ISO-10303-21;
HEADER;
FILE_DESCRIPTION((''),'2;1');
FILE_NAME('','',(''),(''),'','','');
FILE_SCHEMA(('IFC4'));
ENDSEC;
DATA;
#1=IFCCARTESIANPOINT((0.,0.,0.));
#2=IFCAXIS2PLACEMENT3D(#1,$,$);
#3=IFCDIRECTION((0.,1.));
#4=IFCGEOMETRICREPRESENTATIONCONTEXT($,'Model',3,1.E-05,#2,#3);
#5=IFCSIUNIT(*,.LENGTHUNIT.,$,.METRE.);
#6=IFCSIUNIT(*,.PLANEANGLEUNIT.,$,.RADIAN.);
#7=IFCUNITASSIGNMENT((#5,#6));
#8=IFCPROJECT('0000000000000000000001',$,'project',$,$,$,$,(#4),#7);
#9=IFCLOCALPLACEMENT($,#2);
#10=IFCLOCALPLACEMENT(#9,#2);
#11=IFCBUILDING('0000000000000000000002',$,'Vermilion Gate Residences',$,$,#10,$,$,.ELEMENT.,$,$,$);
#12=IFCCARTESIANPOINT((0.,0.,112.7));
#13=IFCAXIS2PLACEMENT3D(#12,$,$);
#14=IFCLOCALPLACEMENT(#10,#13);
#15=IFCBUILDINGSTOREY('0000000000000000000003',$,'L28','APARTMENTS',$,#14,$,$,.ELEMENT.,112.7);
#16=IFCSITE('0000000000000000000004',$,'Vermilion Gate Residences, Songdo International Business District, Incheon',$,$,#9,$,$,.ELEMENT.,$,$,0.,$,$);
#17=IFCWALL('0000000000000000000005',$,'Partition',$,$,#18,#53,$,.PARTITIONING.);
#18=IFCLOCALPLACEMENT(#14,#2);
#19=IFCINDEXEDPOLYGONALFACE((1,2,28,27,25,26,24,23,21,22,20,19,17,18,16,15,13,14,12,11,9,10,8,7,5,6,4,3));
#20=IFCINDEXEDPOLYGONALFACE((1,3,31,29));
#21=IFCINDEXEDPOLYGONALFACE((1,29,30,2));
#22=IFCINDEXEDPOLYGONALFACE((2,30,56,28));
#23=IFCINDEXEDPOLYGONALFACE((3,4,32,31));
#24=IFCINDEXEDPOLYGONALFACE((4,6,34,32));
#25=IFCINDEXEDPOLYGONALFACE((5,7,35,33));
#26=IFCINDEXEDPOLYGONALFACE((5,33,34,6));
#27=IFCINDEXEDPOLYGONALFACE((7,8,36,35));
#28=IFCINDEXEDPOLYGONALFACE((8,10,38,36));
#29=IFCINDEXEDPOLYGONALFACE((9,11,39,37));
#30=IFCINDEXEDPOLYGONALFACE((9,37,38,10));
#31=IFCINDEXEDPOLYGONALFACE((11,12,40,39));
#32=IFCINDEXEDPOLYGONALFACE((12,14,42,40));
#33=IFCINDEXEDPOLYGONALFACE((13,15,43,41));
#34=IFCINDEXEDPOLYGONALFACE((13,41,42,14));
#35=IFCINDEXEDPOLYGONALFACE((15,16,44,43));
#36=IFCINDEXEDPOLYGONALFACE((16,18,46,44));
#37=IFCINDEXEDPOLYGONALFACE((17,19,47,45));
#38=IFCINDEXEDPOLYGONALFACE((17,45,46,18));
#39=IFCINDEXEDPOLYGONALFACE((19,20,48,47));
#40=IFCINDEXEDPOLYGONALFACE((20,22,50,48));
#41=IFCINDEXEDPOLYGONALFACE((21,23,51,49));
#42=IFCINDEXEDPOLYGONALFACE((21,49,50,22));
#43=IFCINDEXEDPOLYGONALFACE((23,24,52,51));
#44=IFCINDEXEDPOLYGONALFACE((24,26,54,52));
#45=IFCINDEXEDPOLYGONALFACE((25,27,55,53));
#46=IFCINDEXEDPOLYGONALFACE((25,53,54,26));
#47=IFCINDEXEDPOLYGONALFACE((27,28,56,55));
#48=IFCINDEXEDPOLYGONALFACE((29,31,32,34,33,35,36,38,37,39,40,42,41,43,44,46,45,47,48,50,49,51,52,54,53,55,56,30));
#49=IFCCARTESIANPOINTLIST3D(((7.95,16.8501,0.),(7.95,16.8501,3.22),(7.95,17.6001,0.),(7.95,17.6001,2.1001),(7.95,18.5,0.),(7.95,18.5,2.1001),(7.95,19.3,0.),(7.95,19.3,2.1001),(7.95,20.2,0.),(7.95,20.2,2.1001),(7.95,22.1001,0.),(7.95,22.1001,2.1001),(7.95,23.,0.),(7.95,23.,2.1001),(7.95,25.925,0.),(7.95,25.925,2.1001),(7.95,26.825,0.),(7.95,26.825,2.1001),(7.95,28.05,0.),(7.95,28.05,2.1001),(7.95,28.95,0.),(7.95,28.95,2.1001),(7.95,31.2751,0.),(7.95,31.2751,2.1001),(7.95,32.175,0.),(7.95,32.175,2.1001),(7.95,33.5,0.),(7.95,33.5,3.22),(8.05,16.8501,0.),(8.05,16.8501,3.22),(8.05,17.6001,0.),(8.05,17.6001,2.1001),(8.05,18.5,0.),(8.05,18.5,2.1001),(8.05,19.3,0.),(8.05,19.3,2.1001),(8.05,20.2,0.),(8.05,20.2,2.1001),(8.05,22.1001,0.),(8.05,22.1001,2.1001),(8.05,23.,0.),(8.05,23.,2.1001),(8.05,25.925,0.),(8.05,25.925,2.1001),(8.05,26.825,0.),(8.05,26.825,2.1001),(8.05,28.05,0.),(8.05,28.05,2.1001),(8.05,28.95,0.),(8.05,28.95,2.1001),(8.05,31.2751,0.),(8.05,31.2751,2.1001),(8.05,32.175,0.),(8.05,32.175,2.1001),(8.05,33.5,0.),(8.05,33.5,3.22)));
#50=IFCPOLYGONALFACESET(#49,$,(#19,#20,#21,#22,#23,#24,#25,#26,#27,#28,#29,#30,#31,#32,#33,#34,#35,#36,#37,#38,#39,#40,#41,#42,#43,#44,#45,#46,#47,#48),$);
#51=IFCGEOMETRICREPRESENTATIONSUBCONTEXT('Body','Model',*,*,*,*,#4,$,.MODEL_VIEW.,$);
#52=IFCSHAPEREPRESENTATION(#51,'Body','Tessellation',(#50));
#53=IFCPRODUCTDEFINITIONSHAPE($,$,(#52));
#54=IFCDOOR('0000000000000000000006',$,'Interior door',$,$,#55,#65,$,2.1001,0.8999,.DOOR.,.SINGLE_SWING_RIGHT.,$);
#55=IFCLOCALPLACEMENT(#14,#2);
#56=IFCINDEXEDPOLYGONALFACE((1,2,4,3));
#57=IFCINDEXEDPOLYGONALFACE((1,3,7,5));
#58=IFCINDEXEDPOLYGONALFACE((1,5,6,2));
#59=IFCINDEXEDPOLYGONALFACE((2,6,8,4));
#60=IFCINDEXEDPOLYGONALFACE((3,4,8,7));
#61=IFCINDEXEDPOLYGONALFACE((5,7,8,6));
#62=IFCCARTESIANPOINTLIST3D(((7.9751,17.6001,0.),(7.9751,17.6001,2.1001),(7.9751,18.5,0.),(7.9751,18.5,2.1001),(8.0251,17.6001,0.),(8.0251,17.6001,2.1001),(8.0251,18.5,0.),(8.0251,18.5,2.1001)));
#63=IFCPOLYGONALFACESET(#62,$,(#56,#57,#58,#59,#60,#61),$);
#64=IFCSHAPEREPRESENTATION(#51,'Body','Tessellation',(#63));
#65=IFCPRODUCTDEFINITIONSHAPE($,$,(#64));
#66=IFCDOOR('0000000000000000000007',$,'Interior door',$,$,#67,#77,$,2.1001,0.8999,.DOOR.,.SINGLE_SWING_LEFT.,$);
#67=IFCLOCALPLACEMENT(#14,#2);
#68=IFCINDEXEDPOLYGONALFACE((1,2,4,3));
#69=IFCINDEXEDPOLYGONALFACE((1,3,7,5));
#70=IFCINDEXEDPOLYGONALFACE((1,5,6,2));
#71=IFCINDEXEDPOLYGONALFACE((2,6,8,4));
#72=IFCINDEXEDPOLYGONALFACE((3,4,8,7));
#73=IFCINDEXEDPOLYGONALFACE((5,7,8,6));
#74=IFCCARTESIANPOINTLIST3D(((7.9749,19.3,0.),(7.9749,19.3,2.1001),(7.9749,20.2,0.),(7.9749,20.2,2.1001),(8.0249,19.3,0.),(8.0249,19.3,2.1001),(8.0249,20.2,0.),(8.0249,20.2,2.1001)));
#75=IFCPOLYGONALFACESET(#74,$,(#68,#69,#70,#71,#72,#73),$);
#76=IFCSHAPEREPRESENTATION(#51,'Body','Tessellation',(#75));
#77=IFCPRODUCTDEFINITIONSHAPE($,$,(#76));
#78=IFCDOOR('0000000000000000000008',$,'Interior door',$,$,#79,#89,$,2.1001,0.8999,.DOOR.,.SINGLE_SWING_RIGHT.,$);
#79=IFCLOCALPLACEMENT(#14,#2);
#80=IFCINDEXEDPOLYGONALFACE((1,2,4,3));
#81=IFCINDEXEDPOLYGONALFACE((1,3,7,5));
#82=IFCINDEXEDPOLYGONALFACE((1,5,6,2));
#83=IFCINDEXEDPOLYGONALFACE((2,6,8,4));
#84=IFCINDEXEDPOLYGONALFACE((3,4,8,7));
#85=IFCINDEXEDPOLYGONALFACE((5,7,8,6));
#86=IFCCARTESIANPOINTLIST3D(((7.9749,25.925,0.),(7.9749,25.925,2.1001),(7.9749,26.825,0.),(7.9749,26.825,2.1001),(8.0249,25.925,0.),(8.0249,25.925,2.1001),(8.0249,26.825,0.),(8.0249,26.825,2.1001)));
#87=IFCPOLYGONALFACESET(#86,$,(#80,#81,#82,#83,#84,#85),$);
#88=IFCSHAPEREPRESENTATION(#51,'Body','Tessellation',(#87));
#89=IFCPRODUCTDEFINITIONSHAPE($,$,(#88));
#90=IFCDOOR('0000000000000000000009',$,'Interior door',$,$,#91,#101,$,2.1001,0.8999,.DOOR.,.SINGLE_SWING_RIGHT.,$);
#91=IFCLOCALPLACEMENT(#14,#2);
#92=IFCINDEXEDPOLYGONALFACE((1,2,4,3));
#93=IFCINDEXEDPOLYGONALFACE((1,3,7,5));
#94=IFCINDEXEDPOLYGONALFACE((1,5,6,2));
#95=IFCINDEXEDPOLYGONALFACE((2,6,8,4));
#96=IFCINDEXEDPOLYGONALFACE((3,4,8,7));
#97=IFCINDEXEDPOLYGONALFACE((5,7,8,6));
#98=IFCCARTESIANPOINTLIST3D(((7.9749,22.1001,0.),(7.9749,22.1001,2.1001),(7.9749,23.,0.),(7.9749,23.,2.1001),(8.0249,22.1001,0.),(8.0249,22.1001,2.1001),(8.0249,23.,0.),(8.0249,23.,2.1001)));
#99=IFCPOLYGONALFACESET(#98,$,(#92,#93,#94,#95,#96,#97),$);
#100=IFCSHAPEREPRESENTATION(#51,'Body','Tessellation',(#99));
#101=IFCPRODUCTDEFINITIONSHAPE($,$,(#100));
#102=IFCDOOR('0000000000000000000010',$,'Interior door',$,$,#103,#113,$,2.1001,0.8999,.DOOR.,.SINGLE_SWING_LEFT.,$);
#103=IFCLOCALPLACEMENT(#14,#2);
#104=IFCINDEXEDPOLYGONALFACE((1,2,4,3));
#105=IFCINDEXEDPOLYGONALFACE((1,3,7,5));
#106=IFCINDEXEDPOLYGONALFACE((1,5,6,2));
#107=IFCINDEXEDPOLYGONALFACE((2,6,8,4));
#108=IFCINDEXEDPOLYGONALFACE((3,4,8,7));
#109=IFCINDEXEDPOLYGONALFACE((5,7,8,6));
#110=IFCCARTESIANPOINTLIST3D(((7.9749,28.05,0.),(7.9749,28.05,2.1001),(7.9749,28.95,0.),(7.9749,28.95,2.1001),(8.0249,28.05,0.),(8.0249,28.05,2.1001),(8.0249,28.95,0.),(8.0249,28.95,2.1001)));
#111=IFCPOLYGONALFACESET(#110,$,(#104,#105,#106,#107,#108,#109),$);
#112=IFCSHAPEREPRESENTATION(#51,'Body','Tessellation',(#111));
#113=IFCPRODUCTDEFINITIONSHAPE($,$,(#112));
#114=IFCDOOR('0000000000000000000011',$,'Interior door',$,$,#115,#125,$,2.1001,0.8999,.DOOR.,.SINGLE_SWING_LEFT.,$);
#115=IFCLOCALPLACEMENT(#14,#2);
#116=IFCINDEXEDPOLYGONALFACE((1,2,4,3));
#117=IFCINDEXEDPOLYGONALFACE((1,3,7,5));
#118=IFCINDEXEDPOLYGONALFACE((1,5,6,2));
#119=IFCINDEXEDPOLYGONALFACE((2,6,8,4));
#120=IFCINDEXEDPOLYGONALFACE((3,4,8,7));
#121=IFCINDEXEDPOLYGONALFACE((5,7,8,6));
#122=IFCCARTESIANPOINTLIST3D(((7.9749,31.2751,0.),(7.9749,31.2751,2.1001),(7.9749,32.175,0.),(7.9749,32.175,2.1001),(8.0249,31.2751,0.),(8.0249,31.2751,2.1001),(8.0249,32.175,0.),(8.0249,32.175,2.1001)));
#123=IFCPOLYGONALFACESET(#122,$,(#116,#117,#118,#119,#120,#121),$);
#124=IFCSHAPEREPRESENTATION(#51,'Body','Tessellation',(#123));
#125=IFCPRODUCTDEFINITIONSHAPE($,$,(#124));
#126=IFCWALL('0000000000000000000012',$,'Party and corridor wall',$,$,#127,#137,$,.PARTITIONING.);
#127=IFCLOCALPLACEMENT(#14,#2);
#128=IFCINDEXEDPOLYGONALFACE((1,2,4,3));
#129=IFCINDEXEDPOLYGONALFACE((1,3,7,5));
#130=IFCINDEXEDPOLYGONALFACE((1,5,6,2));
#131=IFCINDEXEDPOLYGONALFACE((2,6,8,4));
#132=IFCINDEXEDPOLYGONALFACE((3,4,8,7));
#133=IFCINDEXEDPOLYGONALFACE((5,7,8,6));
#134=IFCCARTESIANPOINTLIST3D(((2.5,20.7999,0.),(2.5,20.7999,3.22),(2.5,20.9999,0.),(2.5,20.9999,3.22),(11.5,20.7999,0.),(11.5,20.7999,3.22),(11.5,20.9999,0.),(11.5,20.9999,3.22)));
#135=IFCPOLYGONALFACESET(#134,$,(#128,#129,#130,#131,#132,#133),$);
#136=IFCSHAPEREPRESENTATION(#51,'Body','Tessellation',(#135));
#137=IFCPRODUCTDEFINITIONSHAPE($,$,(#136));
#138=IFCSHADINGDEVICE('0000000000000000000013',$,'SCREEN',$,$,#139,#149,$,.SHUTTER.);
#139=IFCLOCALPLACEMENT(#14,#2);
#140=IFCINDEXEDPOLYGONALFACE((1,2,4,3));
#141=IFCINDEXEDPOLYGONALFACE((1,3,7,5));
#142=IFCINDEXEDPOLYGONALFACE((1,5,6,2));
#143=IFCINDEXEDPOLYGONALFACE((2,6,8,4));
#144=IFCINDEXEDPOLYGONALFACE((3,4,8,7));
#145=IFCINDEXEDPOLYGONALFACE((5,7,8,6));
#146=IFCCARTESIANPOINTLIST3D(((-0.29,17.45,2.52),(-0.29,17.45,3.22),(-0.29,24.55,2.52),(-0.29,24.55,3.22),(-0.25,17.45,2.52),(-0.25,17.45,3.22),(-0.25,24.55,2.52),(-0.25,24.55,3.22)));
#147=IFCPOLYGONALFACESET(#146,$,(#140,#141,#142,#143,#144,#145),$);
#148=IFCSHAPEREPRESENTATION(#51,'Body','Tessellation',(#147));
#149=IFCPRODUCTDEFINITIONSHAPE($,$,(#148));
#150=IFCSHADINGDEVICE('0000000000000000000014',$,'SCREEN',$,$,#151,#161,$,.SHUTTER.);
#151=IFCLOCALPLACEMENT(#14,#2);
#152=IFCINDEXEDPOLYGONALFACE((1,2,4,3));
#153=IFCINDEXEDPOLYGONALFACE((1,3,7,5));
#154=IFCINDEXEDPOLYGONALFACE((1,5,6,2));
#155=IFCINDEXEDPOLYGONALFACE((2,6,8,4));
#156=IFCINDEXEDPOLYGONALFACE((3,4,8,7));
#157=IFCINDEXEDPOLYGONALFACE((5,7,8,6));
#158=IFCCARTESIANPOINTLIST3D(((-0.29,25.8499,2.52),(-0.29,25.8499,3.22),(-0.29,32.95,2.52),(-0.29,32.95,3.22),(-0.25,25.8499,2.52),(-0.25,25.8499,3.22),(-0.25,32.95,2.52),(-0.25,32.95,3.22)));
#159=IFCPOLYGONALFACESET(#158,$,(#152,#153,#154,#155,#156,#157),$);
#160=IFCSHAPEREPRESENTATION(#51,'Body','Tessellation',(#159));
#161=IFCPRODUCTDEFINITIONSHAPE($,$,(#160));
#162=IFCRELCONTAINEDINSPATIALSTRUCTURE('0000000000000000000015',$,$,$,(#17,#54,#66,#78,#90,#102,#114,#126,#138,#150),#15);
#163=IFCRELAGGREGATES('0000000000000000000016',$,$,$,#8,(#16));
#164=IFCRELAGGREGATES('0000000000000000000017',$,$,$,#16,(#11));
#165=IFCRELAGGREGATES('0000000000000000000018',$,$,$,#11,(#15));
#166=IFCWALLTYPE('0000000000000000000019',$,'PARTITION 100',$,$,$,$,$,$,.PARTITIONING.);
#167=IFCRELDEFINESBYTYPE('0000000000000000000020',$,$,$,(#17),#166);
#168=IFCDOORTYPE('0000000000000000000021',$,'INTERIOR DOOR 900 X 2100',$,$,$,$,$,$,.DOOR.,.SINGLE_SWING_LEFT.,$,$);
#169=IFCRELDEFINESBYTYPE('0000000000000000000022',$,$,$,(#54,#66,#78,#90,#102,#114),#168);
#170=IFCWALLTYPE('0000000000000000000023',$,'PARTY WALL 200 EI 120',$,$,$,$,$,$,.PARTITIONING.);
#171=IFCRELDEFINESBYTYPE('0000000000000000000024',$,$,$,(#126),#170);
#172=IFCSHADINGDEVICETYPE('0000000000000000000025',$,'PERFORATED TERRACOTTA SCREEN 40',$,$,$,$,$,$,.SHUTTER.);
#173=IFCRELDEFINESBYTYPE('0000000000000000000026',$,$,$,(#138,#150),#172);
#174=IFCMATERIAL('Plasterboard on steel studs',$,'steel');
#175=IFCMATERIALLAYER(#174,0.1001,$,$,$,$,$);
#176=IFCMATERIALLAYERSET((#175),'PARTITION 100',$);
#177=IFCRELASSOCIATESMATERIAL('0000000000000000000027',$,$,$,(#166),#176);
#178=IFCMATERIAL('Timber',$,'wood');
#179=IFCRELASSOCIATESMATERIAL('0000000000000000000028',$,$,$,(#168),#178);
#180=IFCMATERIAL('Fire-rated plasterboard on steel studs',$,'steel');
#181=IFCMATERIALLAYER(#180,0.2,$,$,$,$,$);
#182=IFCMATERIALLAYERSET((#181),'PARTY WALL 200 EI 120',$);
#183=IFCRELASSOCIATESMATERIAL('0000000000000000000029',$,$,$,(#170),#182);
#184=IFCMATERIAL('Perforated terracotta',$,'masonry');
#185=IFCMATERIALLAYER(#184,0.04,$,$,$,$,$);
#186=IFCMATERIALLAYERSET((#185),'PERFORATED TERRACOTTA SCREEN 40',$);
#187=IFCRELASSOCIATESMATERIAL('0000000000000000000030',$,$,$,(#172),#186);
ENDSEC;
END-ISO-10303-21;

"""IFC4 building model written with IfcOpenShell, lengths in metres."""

from ifc_helpers import new_model, si_unit, direction, frame, frame_2d, origin, origin_2d, place, context, subcontext, project, spatial, rectangle, extrude, material, layer, layer_set, type_object, element, fill, save


model = new_model("IFC4")

# Units and contexts
model_context = context("Model", 3, precision=1e-05, world=origin(), true_north=direction((0.0, 1.0)))
body_context = subcontext(model_context, "Body", "Model", "MODEL_VIEW")
ifc_project = project(units=[si_unit("LENGTHUNIT", "METRE"), si_unit("PLANEANGLEUNIT", "RADIAN")], contexts=[model_context])

# Site, building, storey
site_placement = place(None, origin())
site = spatial("IfcSite", under=ifc_project, at=site_placement, Name="Vermilion Gate Residences, Songdo International Business District, Incheon", CompositionType="ELEMENT", RefElevation=0.0)
building_placement = place(site_placement, origin())
building = spatial("IfcBuilding", under=site, at=building_placement, Name="Vermilion Gate Residences", CompositionType="ELEMENT")
storey_placement = place(building_placement, frame((0.0, 0.0, 112.7)))
storey = spatial("IfcBuildingStorey", under=building, at=storey_placement, Name="L28", Description="APARTMENTS", CompositionType="ELEMENT", Elevation=112.7)

# Shared definitions
ifc_material_1 = material(Name="Plasterboard on steel studs", Category="steel")
ifc_layer_1 = layer(ifc_material_1, 0.1001)
ifc_layer_set_1 = layer_set([ifc_layer_1], Name="PARTITION 100")
wall_type_1 = type_object("IfcWallType", Name="PARTITION 100", PredefinedType="PARTITIONING", material=ifc_layer_set_1)

# Wall, openings, doors
ifc_material_2 = material(Name="Timber", Category="wood")
door_type = type_object("IfcDoorType", Name="INTERIOR DOOR 900 X 2100", OperationType="SINGLE_SWING_LEFT", PredefinedType="DOOR", material=ifc_material_2)
wall_1_placement = place(storey_placement, frame((8.0, 16.8501, 0.0), z_axis=(0.0, 0.0, 1.0), x_axis=(0.0, 1.0, 0.0)))
wall_1 = element("IfcWall", 1, at=wall_1_placement, inside=storey, type_object=wall_type_1, Name="Partition", PredefinedType="PARTITIONING", context=body_context, shape_type="SweptSolid", body=[
    extrude(rectangle(XDim=16.6499, YDim=0.1001, at=frame_2d((8.325, 0.0))), origin(), (0.0, 0.0, 1.0), 3.22),
])
opening_1_placement = place(wall_1_placement, frame((0.75, 0.0, 0.0)))
opening_1 = element("IfcOpeningElement", 2, at=opening_1_placement, cuts=wall_1, PredefinedType="OPENING", context=body_context, shape_type="SweptSolid", body=[
    extrude(rectangle(XDim=0.8999, YDim=2.1001, at=frame_2d((0.45, 1.05))), frame((0.0, 0.0601, 0.0), z_axis=(0.0, -1.0, 0.0), x_axis=(1.0, 0.0, 0.0)), (0.0, 0.0, 1.0), 0.1201),
])
opening_2_placement = place(wall_1_placement, frame((2.45, 0.0, 0.0)))
opening_2 = element("IfcOpeningElement", 3, at=opening_2_placement, cuts=wall_1, PredefinedType="OPENING", context=body_context, shape_type="SweptSolid", body=[
    extrude(rectangle(XDim=0.8999, YDim=2.1001, at=frame_2d((0.45, 1.05))), frame((0.0, 0.0601, 0.0), z_axis=(0.0, -1.0, 0.0), x_axis=(1.0, 0.0, 0.0)), (0.0, 0.0, 1.0), 0.1201),
])
opening_3_placement = place(wall_1_placement, frame((9.075, 0.0, 0.0)))
opening_3 = element("IfcOpeningElement", 4, at=opening_3_placement, cuts=wall_1, PredefinedType="OPENING", context=body_context, shape_type="SweptSolid", body=[
    extrude(rectangle(XDim=0.8999, YDim=2.1001, at=frame_2d((0.45, 1.05))), frame((0.0, 0.0601, 0.0), z_axis=(0.0, -1.0, 0.0), x_axis=(1.0, 0.0, 0.0)), (0.0, 0.0, 1.0), 0.1201),
])
opening_4_placement = place(wall_1_placement, frame((5.25, 0.0, 0.0)))
opening_4 = element("IfcOpeningElement", 5, at=opening_4_placement, cuts=wall_1, PredefinedType="OPENING", context=body_context, shape_type="SweptSolid", body=[
    extrude(rectangle(XDim=0.8999, YDim=2.1001, at=frame_2d((0.45, 1.05))), frame((0.0, 0.0601, 0.0), z_axis=(0.0, -1.0, 0.0), x_axis=(1.0, 0.0, 0.0)), (0.0, 0.0, 1.0), 0.1201),
])
opening_5_placement = place(wall_1_placement, frame((11.2, 0.0, 0.0)))
opening_5 = element("IfcOpeningElement", 6, at=opening_5_placement, cuts=wall_1, PredefinedType="OPENING", context=body_context, shape_type="SweptSolid", body=[
    extrude(rectangle(XDim=0.8999, YDim=2.1001, at=frame_2d((0.45, 1.05))), frame((0.0, 0.0601, 0.0), z_axis=(0.0, -1.0, 0.0), x_axis=(1.0, 0.0, 0.0)), (0.0, 0.0, 1.0), 0.1201),
])
opening_6_placement = place(wall_1_placement, frame((14.425, 0.0, 0.0)))
opening_6 = element("IfcOpeningElement", 7, at=opening_6_placement, cuts=wall_1, PredefinedType="OPENING", context=body_context, shape_type="SweptSolid", body=[
    extrude(rectangle(XDim=0.8999, YDim=2.1001, at=frame_2d((0.45, 1.05))), frame((0.0, 0.0601, 0.0), z_axis=(0.0, -1.0, 0.0), x_axis=(1.0, 0.0, 0.0)), (0.0, 0.0, 1.0), 0.1201),
])
door_1_placement = place(opening_1_placement, origin())
door_1 = element("IfcDoor", 8, at=door_1_placement, inside=storey, type_object=door_type, Name="Interior door", OperationType="SINGLE_SWING_RIGHT", OverallHeight=2.1001, OverallWidth=0.8999, PredefinedType="DOOR", context=body_context, shape_type="SweptSolid", body=[
    extrude(rectangle(XDim=0.8999, YDim=2.1001, at=frame_2d((0.45, 1.05))), frame((0.0, 0.0249, 0.0), z_axis=(0.0, -1.0, 0.0), x_axis=(1.0, 0.0, 0.0)), (0.0, 0.0, 1.0), 0.05),
])
fill(opening_1, door_1)
door_2_placement = place(opening_2_placement, frame((0.8999, 0.0, 0.0), z_axis=(0.0, 0.0, 1.0), x_axis=(-1.0, 0.0, 0.0)))
door_2 = element("IfcDoor", 9, at=door_2_placement, inside=storey, type_object=door_type, Name="Interior door", OperationType="SINGLE_SWING_LEFT", OverallHeight=2.1001, OverallWidth=0.8999, PredefinedType="DOOR", context=body_context, shape_type="SweptSolid", body=[
    extrude(rectangle(XDim=0.8999, YDim=2.1001, at=frame_2d((0.45, 1.05))), frame((0.0, 0.0249, 0.0), z_axis=(0.0, -1.0, 0.0), x_axis=(1.0, 0.0, 0.0)), (0.0, 0.0, 1.0), 0.05),
])
fill(opening_2, door_2)
door_3_placement = place(opening_3_placement, frame((0.8999, 0.0, 0.0), z_axis=(0.0, 0.0, 1.0), x_axis=(-1.0, 0.0, 0.0)))
door_3 = element("IfcDoor", 10, at=door_3_placement, inside=storey, type_object=door_type, Name="Interior door", OperationType="SINGLE_SWING_RIGHT", OverallHeight=2.1001, OverallWidth=0.8999, PredefinedType="DOOR", context=body_context, shape_type="SweptSolid", body=[
    extrude(rectangle(XDim=0.8999, YDim=2.1001, at=frame_2d((0.45, 1.05))), frame((0.0, 0.0249, 0.0), z_axis=(0.0, -1.0, 0.0), x_axis=(1.0, 0.0, 0.0)), (0.0, 0.0, 1.0), 0.05),
])
fill(opening_3, door_3)
door_4_placement = place(opening_4_placement, frame((0.8999, 0.0, 0.0), z_axis=(0.0, 0.0, 1.0), x_axis=(-1.0, 0.0, 0.0)))
door_4 = element("IfcDoor", 11, at=door_4_placement, inside=storey, type_object=door_type, Name="Interior door", OperationType="SINGLE_SWING_RIGHT", OverallHeight=2.1001, OverallWidth=0.8999, PredefinedType="DOOR", context=body_context, shape_type="SweptSolid", body=[
    extrude(rectangle(XDim=0.8999, YDim=2.1001, at=frame_2d((0.45, 1.05))), frame((0.0, 0.0249, 0.0), z_axis=(0.0, -1.0, 0.0), x_axis=(1.0, 0.0, 0.0)), (0.0, 0.0, 1.0), 0.05),
])
fill(opening_4, door_4)
door_5_placement = place(opening_5_placement, frame((0.8999, 0.0, 0.0), z_axis=(0.0, 0.0, 1.0), x_axis=(-1.0, 0.0, 0.0)))
door_5 = element("IfcDoor", 12, at=door_5_placement, inside=storey, type_object=door_type, Name="Interior door", OperationType="SINGLE_SWING_LEFT", OverallHeight=2.1001, OverallWidth=0.8999, PredefinedType="DOOR", context=body_context, shape_type="SweptSolid", body=[
    extrude(rectangle(XDim=0.8999, YDim=2.1001, at=frame_2d((0.45, 1.05))), frame((0.0, 0.0249, 0.0), z_axis=(0.0, -1.0, 0.0), x_axis=(1.0, 0.0, 0.0)), (0.0, 0.0, 1.0), 0.05),
])
fill(opening_5, door_5)
door_6_placement = place(opening_6_placement, frame((0.8999, 0.0, 0.0), z_axis=(0.0, 0.0, 1.0), x_axis=(-1.0, 0.0, 0.0)))
door_6 = element("IfcDoor", 13, at=door_6_placement, inside=storey, type_object=door_type, Name="Interior door", OperationType="SINGLE_SWING_LEFT", OverallHeight=2.1001, OverallWidth=0.8999, PredefinedType="DOOR", context=body_context, shape_type="SweptSolid", body=[
    extrude(rectangle(XDim=0.8999, YDim=2.1001, at=frame_2d((0.45, 1.05))), frame((0.0, 0.0249, 0.0), z_axis=(0.0, -1.0, 0.0), x_axis=(1.0, 0.0, 0.0)), (0.0, 0.0, 1.0), 0.05),
])
fill(opening_6, door_6)

# Wall
ifc_material_3 = material(Name="Fire-rated plasterboard on steel studs", Category="steel")
ifc_layer_2 = layer(ifc_material_3, 0.2)
ifc_layer_set_2 = layer_set([ifc_layer_2], Name="PARTY WALL 200 EI 120")
wall_type_2 = type_object("IfcWallType", Name="PARTY WALL 200 EI 120", PredefinedType="PARTITIONING", material=ifc_layer_set_2)
wall_2_placement = place(storey_placement, frame((2.5, 20.8999, 0.0), z_axis=(0.0, 0.0, 1.0), x_axis=(1.0, 0.0, 0.0)))
element("IfcWall", 14, at=wall_2_placement, inside=storey, type_object=wall_type_2, Name="Party and corridor wall", PredefinedType="PARTITIONING", context=body_context, shape_type="SweptSolid", body=[
    extrude(rectangle(XDim=9.0, YDim=0.2, at=frame_2d((4.5, 0.0))), origin(), (0.0, 0.0, 1.0), 3.22),
])

# Shading devices
ifc_material_4 = material(Name="Perforated terracotta", Category="masonry")
ifc_layer_3 = layer(ifc_material_4, 0.04)
ifc_layer_set_3 = layer_set([ifc_layer_3], Name="PERFORATED TERRACOTTA SCREEN 40")
shading_device_type_1 = type_object("IfcShadingDeviceType", Name="PERFORATED TERRACOTTA SCREEN 40", PredefinedType="SHUTTER", material=ifc_layer_set_3)
for number, where, z_axis, x_axis, name in (
    (15, (-0.27, 21.0, 2.52), (0.0, 0.0, 1.0), (0.0, -1.0, 0.0), "SCREEN"),
    (16, (-0.27, 29.3999, 2.52), (0.0, 0.0, 1.0), (0.0, -1.0, 0.0), "SCREEN"),
):
    element("IfcShadingDevice", number, at=place(storey_placement, frame(where, z_axis=z_axis, x_axis=x_axis)), inside=storey, type_object=shading_device_type_1, Name=name, PredefinedType="SHUTTER", context=body_context, shape_type="SweptSolid", body=[
        extrude(rectangle(XDim=7.1001, YDim=0.04, at=origin_2d()), origin(), (0.0, 0.0, 1.0), 0.7),
    ])

save(model, "model.ifc")
